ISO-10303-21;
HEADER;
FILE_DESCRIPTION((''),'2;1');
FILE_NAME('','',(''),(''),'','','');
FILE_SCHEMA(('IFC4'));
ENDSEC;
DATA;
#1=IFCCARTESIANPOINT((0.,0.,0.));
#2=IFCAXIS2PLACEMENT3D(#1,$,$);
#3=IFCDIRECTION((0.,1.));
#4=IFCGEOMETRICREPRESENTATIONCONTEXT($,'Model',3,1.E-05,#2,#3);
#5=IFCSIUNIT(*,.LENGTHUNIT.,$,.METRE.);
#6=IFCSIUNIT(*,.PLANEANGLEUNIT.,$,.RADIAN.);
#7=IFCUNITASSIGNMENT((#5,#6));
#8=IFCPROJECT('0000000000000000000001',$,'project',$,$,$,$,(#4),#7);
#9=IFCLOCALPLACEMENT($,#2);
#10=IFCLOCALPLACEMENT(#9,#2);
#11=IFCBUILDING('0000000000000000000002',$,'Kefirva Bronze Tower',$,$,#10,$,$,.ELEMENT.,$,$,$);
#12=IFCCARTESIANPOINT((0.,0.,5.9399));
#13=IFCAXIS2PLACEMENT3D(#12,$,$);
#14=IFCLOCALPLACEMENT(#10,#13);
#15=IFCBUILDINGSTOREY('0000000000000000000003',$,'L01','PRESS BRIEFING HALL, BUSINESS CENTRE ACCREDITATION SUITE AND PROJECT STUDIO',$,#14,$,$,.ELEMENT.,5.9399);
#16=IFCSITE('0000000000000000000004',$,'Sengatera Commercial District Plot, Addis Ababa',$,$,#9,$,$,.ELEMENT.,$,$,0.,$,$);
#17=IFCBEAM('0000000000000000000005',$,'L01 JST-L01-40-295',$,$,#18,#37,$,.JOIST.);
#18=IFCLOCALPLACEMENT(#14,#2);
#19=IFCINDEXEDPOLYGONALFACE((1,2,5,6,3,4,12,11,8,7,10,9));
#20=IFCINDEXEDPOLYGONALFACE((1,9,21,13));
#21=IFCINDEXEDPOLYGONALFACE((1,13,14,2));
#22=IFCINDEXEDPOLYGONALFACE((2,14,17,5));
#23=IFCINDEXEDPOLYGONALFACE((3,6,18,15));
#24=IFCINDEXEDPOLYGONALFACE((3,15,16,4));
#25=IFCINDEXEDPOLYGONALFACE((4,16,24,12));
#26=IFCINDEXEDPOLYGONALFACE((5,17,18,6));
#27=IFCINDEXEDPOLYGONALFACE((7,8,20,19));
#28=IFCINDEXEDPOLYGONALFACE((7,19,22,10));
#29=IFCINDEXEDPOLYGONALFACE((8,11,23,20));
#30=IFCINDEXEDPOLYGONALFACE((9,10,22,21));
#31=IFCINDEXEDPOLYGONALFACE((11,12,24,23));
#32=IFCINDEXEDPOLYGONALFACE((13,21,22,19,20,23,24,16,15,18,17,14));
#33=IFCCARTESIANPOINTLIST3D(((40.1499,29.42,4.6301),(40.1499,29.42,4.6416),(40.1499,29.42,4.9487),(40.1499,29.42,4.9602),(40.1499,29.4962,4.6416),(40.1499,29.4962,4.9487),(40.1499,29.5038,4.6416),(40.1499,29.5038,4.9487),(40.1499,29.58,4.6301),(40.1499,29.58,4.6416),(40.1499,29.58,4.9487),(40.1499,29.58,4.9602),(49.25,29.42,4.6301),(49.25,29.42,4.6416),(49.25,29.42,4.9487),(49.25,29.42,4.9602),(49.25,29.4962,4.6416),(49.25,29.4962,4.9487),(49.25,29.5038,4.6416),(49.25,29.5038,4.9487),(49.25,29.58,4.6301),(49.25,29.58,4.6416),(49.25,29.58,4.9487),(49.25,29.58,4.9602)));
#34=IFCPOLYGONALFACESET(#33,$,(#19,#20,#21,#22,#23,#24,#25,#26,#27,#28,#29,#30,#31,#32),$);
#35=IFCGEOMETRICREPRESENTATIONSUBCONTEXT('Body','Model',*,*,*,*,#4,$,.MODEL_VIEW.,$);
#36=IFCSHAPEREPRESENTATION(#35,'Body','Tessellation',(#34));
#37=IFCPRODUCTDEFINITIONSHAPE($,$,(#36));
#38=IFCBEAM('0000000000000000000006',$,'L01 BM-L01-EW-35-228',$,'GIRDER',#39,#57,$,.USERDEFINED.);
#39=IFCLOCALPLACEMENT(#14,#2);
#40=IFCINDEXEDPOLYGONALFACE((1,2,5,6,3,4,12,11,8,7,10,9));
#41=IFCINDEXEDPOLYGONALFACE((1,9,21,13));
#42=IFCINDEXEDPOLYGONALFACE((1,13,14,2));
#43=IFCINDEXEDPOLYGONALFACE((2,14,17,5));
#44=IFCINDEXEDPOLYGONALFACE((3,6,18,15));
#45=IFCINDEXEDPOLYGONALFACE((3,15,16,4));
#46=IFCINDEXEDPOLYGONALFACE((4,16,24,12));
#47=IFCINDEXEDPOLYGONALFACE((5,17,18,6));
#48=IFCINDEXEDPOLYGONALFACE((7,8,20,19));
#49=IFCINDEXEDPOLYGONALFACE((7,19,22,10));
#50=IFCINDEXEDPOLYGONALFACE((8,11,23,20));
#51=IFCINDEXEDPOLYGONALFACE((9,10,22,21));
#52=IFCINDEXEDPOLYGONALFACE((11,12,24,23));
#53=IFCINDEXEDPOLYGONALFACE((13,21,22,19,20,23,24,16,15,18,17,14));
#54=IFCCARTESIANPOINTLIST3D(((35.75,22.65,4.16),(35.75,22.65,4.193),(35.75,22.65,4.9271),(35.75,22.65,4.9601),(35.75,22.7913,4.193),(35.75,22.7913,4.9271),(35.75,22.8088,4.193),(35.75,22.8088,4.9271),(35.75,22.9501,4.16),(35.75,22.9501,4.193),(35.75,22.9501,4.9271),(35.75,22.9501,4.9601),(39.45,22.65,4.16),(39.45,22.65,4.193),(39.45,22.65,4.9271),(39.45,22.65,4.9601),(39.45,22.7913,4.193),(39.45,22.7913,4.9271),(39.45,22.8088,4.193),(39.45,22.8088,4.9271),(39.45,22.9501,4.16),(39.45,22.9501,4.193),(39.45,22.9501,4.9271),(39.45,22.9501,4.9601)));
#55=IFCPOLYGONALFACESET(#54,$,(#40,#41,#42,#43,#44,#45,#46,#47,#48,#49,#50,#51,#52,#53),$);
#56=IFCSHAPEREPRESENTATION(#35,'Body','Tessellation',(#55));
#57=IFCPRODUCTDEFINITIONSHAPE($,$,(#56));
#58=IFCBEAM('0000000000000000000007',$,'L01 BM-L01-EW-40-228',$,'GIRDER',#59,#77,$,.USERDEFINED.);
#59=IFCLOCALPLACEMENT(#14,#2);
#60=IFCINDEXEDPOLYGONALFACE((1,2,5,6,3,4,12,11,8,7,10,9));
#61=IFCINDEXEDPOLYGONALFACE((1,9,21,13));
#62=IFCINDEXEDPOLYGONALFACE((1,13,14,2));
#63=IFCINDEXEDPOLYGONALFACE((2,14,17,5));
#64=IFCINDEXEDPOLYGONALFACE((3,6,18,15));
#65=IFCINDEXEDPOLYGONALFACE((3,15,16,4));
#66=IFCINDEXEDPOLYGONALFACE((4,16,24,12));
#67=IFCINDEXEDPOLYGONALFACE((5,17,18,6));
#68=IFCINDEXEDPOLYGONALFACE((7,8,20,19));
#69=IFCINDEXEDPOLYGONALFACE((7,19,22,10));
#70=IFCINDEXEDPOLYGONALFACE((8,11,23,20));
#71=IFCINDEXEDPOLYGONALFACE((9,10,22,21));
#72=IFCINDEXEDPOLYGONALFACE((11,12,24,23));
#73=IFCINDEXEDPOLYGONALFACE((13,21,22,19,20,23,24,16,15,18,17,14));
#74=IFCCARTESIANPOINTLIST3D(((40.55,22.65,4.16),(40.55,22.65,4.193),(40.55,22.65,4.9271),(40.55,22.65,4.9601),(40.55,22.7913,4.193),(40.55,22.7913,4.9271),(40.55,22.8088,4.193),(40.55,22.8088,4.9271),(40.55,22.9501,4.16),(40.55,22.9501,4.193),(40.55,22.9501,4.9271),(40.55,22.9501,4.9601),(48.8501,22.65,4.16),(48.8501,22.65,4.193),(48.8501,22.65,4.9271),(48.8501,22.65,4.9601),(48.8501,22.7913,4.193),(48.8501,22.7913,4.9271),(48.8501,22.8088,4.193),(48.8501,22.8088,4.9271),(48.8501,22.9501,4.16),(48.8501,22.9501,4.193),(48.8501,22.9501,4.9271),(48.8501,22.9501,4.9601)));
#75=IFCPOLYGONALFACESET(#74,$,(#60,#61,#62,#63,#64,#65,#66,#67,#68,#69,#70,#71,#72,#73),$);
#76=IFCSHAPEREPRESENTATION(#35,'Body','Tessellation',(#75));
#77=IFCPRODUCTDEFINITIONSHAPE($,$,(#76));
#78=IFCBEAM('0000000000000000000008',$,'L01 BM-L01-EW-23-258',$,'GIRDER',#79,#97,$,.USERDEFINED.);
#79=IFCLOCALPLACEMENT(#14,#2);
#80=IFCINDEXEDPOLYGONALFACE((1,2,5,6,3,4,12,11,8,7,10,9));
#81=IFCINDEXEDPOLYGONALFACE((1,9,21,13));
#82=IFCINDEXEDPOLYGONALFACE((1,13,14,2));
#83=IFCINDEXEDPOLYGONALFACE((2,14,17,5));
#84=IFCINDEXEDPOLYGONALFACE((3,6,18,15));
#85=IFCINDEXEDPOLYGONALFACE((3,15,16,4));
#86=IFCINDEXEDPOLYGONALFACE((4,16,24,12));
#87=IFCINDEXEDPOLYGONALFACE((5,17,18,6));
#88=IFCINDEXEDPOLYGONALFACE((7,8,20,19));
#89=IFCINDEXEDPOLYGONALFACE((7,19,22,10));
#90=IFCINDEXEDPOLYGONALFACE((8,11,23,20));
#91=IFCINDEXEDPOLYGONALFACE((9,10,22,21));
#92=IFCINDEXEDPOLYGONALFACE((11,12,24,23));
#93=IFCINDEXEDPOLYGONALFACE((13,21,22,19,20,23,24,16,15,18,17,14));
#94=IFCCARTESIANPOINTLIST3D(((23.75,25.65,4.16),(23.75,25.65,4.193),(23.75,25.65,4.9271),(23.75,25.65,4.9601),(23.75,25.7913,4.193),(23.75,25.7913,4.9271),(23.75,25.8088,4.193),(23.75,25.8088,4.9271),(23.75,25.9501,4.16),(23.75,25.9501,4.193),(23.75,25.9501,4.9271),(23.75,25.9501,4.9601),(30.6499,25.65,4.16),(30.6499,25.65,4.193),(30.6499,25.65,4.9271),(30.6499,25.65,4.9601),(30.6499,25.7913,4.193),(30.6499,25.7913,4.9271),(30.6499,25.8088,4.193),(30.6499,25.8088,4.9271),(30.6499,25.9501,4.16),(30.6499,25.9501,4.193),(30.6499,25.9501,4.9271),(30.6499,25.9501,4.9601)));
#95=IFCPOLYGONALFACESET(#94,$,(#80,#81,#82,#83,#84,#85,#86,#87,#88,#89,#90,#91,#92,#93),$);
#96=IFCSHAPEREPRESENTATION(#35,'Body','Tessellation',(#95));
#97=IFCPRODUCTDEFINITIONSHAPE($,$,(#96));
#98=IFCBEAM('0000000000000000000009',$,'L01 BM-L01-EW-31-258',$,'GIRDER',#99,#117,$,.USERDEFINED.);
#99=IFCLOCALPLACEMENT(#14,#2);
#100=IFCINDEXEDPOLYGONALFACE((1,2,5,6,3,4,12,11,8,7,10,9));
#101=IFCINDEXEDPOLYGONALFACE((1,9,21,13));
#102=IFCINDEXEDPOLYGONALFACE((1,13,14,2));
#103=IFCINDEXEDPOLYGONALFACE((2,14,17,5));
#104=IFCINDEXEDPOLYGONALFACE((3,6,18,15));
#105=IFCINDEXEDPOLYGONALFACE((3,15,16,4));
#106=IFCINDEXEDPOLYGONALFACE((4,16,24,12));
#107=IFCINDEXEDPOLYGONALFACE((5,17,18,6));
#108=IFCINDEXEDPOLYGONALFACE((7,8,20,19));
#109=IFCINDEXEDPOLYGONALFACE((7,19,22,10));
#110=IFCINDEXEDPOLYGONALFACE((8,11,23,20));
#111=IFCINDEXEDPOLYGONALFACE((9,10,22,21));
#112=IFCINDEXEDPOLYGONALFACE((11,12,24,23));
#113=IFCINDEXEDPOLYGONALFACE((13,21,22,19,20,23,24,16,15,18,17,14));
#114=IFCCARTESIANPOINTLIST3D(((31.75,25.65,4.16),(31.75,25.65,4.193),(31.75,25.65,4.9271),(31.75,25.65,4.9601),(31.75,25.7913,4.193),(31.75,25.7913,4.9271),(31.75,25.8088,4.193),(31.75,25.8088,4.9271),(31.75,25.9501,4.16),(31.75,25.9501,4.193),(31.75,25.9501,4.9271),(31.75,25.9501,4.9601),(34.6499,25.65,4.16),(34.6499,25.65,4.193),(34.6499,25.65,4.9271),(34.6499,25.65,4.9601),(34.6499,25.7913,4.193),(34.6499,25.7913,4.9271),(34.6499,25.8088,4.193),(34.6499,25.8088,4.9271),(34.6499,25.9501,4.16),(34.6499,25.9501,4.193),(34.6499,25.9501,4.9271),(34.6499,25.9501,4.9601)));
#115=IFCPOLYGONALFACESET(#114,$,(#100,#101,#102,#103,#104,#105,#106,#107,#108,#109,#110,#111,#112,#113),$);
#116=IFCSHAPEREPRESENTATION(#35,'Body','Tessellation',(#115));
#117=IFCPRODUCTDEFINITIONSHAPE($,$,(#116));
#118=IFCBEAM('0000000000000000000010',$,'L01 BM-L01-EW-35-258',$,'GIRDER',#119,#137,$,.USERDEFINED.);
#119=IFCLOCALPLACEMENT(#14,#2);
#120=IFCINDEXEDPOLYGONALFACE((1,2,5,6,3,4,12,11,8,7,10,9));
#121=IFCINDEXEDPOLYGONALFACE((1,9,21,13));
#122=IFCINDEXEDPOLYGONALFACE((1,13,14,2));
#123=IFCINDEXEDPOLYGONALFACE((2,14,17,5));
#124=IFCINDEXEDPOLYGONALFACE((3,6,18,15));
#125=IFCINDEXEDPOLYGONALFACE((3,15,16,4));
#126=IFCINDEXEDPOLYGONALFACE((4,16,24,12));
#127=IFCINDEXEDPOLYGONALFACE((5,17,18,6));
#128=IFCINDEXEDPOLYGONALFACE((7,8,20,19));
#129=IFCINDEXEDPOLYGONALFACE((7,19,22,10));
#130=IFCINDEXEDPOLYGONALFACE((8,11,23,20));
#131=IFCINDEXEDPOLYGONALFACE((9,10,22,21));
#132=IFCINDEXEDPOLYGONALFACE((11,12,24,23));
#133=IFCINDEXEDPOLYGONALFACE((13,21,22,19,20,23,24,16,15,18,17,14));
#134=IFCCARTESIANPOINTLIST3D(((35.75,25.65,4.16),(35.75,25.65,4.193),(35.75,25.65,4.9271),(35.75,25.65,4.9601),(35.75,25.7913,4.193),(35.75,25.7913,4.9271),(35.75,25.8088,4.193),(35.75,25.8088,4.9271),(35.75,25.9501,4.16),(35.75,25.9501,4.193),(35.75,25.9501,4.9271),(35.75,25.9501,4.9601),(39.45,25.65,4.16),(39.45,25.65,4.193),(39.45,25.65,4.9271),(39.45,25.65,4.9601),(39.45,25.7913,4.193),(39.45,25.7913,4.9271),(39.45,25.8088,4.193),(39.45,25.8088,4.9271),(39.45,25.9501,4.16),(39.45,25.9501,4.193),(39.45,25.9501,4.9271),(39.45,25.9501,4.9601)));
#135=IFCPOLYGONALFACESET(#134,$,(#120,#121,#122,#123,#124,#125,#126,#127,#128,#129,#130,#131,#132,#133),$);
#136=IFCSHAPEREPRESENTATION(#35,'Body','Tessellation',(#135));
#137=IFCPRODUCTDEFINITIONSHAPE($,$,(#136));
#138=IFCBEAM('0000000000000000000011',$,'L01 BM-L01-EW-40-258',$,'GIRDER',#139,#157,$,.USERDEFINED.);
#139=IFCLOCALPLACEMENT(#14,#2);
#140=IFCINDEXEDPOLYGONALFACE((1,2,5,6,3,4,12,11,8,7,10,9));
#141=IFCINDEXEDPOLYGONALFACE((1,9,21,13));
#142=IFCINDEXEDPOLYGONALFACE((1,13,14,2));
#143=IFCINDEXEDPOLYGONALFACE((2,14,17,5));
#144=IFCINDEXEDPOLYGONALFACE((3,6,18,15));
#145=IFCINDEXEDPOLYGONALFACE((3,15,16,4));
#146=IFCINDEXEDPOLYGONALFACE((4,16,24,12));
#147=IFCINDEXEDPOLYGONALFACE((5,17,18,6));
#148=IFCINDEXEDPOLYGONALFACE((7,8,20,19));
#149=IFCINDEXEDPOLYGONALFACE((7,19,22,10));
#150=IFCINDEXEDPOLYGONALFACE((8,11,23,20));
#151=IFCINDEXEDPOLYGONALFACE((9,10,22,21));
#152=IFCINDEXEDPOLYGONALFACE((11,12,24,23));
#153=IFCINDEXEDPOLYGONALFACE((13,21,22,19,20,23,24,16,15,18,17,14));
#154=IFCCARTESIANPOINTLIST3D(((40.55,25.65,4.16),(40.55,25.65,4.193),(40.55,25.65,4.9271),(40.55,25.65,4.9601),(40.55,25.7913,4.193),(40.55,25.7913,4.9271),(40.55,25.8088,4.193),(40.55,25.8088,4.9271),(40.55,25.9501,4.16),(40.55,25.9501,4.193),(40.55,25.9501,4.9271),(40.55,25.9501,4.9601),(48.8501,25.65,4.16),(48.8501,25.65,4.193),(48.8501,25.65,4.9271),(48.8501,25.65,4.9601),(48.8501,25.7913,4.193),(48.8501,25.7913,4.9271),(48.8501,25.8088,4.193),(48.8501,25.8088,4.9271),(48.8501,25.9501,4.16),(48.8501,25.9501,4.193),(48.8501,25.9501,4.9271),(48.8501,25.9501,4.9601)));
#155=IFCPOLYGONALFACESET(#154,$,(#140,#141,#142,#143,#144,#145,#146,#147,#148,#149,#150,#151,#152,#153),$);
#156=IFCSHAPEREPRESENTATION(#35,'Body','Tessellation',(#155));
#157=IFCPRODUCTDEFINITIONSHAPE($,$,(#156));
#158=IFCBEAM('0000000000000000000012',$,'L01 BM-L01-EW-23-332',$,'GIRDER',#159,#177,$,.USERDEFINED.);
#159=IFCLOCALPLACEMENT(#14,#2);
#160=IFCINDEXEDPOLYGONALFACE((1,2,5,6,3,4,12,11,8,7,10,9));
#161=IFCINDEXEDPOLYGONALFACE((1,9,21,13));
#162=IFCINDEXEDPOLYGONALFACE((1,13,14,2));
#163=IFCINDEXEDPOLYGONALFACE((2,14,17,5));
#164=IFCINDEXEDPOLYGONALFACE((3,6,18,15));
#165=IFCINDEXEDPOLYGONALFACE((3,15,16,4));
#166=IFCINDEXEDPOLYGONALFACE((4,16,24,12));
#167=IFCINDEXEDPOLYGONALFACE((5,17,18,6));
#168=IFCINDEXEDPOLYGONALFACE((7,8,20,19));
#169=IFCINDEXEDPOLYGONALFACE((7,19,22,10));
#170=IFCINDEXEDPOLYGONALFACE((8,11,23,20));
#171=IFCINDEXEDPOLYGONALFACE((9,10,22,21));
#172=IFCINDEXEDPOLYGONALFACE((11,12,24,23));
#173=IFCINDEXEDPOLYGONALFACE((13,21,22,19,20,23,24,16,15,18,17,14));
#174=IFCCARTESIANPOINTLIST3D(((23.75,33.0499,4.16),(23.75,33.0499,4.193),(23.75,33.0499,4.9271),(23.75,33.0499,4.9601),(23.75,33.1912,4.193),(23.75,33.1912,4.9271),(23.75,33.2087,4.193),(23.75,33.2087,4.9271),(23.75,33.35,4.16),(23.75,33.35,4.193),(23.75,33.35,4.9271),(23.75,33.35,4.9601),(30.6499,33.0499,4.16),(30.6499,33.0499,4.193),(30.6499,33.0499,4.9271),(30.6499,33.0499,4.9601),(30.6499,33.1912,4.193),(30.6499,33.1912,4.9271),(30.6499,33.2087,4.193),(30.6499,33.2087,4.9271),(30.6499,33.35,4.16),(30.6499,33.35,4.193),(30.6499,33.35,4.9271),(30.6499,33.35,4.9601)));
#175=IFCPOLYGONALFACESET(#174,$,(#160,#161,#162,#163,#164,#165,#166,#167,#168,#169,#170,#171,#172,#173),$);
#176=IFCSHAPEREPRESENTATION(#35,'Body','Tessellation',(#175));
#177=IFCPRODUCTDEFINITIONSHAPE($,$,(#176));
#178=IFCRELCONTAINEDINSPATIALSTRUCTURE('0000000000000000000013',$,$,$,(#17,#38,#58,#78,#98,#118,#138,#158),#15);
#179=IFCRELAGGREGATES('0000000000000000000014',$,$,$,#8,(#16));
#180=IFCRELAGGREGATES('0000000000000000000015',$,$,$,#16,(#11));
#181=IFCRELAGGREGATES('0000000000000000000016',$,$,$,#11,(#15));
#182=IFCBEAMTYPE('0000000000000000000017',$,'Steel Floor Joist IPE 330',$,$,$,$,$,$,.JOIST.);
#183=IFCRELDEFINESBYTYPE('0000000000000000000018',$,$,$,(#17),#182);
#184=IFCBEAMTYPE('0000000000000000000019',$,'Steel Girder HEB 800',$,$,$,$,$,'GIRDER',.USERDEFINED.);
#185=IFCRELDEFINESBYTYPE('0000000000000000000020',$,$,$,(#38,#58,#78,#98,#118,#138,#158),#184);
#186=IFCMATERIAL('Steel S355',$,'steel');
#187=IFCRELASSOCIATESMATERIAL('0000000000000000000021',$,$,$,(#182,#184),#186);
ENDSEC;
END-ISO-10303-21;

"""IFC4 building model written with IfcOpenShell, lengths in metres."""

from ifc_helpers import new_model, si_unit, direction, frame, origin, origin_2d, place, context, subcontext, project, spatial, i_section, extrude, material, material_profile, profile_set, type_object, element, save


model = new_model("IFC4")

# Units and contexts
model_context = context("Model", 3, precision=1e-05, world=origin(), true_north=direction((0.0, 1.0)))
body_context = subcontext(model_context, "Body", "Model", "MODEL_VIEW")
ifc_project = project(units=[si_unit("LENGTHUNIT", "METRE"), si_unit("PLANEANGLEUNIT", "RADIAN")], contexts=[model_context])

# Site, building, storey
site_placement = place(None, origin())
site = spatial("IfcSite", under=ifc_project, at=site_placement, Name="Sengatera Commercial District Plot, Addis Ababa", CompositionType="ELEMENT", RefElevation=0.0)
building_placement = place(site_placement, origin())
building = spatial("IfcBuilding", under=site, at=building_placement, Name="Kefirva Bronze Tower", CompositionType="ELEMENT")
storey_placement = place(building_placement, frame((0.0, 0.0, 5.9399)))
storey = spatial("IfcBuildingStorey", under=building, at=storey_placement, Name="L01", Description="PRESS BRIEFING HALL, BUSINESS CENTRE ACCREDITATION SUITE AND PROJECT STUDIO", CompositionType="ELEMENT", Elevation=5.9399)

# Beams
ifc_material_1 = material(Name="Steel S355", Category="steel")
ifc_material_profile_1 = material_profile(ifc_material_1, i_section(OverallWidth=0.1599, OverallDepth=0.3301, WebThickness=0.0076, FlangeThickness=0.0115, at=origin_2d()), Name="IPE 330")
ifc_profile_set_1 = profile_set([ifc_material_profile_1], Name="Steel S355")
beam_type_1 = type_object("IfcBeamType", Name="Steel Floor Joist IPE 330", PredefinedType="JOIST", material=ifc_profile_set_1)
beam_1_placement = place(storey_placement, frame((40.1499, 29.5, 4.7952), z_axis=(1.0, 0.0, 0.0), x_axis=(0.0, 1.0, 0.0)))
element("IfcBeam", 1, at=beam_1_placement, inside=storey, type_object=beam_type_1, Name="L01 JST-L01-40-295", PredefinedType="JOIST", context=body_context, shape_type="SweptSolid", body=[
    extrude(i_section(OverallWidth=0.1599, OverallDepth=0.3301, WebThickness=0.0076, FlangeThickness=0.0115, at=origin_2d()), origin(), (0.0, 0.0, 1.0), 9.1001),
])
ifc_material_profile_2 = material_profile(ifc_material_1, i_section(OverallWidth=0.3, OverallDepth=0.8, WebThickness=0.0176, FlangeThickness=0.033, at=origin_2d()), Name="HEB 800")
ifc_profile_set_2 = profile_set([ifc_material_profile_2], Name="Steel S355")
beam_type_2 = type_object("IfcBeamType", Name="Steel Girder HEB 800", ElementType="GIRDER", PredefinedType="USERDEFINED", material=ifc_profile_set_2)
beam_2_placement = place(storey_placement, frame((35.75, 22.8, 4.5601), z_axis=(1.0, 0.0, 0.0), x_axis=(0.0, 1.0, 0.0)))
element("IfcBeam", 2, at=beam_2_placement, inside=storey, type_object=beam_type_2, Name="L01 BM-L01-EW-35-228", ObjectType="GIRDER", PredefinedType="USERDEFINED", context=body_context, shape_type="SweptSolid", body=[
    extrude(i_section(OverallWidth=0.3, OverallDepth=0.8, WebThickness=0.0176, FlangeThickness=0.033, at=origin_2d()), origin(), (0.0, 0.0, 1.0), 3.7),
])
beam_3_placement = place(storey_placement, frame((40.55, 22.8, 4.5601), z_axis=(1.0, 0.0, 0.0), x_axis=(0.0, 1.0, 0.0)))
element("IfcBeam", 3, at=beam_3_placement, inside=storey, type_object=beam_type_2, Name="L01 BM-L01-EW-40-228", ObjectType="GIRDER", PredefinedType="USERDEFINED", context=body_context, shape_type="SweptSolid", body=[
    extrude(i_section(OverallWidth=0.3, OverallDepth=0.8, WebThickness=0.0176, FlangeThickness=0.033, at=origin_2d()), origin(), (0.0, 0.0, 1.0), 8.3),
])
beam_4_placement = place(storey_placement, frame((23.75, 25.8, 4.5601), z_axis=(1.0, 0.0, 0.0), x_axis=(0.0, 1.0, 0.0)))
element("IfcBeam", 4, at=beam_4_placement, inside=storey, type_object=beam_type_2, Name="L01 BM-L01-EW-23-258", ObjectType="GIRDER", PredefinedType="USERDEFINED", context=body_context, shape_type="SweptSolid", body=[
    extrude(i_section(OverallWidth=0.3, OverallDepth=0.8, WebThickness=0.0176, FlangeThickness=0.033, at=origin_2d()), origin(), (0.0, 0.0, 1.0), 6.8999),
])
beam_5_placement = place(storey_placement, frame((31.75, 25.8, 4.5601), z_axis=(1.0, 0.0, 0.0), x_axis=(0.0, 1.0, 0.0)))
element("IfcBeam", 5, at=beam_5_placement, inside=storey, type_object=beam_type_2, Name="L01 BM-L01-EW-31-258", ObjectType="GIRDER", PredefinedType="USERDEFINED", context=body_context, shape_type="SweptSolid", body=[
    extrude(i_section(OverallWidth=0.3, OverallDepth=0.8, WebThickness=0.0176, FlangeThickness=0.033, at=origin_2d()), origin(), (0.0, 0.0, 1.0), 2.8999),
])
beam_6_placement = place(storey_placement, frame((35.75, 25.8, 4.5601), z_axis=(1.0, 0.0, 0.0), x_axis=(0.0, 1.0, 0.0)))
element("IfcBeam", 6, at=beam_6_placement, inside=storey, type_object=beam_type_2, Name="L01 BM-L01-EW-35-258", ObjectType="GIRDER", PredefinedType="USERDEFINED", context=body_context, shape_type="SweptSolid", body=[
    extrude(i_section(OverallWidth=0.3, OverallDepth=0.8, WebThickness=0.0176, FlangeThickness=0.033, at=origin_2d()), origin(), (0.0, 0.0, 1.0), 3.7),
])
beam_7_placement = place(storey_placement, frame((40.55, 25.8, 4.5601), z_axis=(1.0, 0.0, 0.0), x_axis=(0.0, 1.0, 0.0)))
element("IfcBeam", 7, at=beam_7_placement, inside=storey, type_object=beam_type_2, Name="L01 BM-L01-EW-40-258", ObjectType="GIRDER", PredefinedType="USERDEFINED", context=body_context, shape_type="SweptSolid", body=[
    extrude(i_section(OverallWidth=0.3, OverallDepth=0.8, WebThickness=0.0176, FlangeThickness=0.033, at=origin_2d()), origin(), (0.0, 0.0, 1.0), 8.3),
])
beam_8_placement = place(storey_placement, frame((23.75, 33.2, 4.5601), z_axis=(1.0, 0.0, 0.0), x_axis=(0.0, 1.0, 0.0)))
element("IfcBeam", 8, at=beam_8_placement, inside=storey, type_object=beam_type_2, Name="L01 BM-L01-EW-23-332", ObjectType="GIRDER", PredefinedType="USERDEFINED", context=body_context, shape_type="SweptSolid", body=[
    extrude(i_section(OverallWidth=0.3, OverallDepth=0.8, WebThickness=0.0176, FlangeThickness=0.033, at=origin_2d()), origin(), (0.0, 0.0, 1.0), 6.8999),
])

save(model, "model.ifc")
